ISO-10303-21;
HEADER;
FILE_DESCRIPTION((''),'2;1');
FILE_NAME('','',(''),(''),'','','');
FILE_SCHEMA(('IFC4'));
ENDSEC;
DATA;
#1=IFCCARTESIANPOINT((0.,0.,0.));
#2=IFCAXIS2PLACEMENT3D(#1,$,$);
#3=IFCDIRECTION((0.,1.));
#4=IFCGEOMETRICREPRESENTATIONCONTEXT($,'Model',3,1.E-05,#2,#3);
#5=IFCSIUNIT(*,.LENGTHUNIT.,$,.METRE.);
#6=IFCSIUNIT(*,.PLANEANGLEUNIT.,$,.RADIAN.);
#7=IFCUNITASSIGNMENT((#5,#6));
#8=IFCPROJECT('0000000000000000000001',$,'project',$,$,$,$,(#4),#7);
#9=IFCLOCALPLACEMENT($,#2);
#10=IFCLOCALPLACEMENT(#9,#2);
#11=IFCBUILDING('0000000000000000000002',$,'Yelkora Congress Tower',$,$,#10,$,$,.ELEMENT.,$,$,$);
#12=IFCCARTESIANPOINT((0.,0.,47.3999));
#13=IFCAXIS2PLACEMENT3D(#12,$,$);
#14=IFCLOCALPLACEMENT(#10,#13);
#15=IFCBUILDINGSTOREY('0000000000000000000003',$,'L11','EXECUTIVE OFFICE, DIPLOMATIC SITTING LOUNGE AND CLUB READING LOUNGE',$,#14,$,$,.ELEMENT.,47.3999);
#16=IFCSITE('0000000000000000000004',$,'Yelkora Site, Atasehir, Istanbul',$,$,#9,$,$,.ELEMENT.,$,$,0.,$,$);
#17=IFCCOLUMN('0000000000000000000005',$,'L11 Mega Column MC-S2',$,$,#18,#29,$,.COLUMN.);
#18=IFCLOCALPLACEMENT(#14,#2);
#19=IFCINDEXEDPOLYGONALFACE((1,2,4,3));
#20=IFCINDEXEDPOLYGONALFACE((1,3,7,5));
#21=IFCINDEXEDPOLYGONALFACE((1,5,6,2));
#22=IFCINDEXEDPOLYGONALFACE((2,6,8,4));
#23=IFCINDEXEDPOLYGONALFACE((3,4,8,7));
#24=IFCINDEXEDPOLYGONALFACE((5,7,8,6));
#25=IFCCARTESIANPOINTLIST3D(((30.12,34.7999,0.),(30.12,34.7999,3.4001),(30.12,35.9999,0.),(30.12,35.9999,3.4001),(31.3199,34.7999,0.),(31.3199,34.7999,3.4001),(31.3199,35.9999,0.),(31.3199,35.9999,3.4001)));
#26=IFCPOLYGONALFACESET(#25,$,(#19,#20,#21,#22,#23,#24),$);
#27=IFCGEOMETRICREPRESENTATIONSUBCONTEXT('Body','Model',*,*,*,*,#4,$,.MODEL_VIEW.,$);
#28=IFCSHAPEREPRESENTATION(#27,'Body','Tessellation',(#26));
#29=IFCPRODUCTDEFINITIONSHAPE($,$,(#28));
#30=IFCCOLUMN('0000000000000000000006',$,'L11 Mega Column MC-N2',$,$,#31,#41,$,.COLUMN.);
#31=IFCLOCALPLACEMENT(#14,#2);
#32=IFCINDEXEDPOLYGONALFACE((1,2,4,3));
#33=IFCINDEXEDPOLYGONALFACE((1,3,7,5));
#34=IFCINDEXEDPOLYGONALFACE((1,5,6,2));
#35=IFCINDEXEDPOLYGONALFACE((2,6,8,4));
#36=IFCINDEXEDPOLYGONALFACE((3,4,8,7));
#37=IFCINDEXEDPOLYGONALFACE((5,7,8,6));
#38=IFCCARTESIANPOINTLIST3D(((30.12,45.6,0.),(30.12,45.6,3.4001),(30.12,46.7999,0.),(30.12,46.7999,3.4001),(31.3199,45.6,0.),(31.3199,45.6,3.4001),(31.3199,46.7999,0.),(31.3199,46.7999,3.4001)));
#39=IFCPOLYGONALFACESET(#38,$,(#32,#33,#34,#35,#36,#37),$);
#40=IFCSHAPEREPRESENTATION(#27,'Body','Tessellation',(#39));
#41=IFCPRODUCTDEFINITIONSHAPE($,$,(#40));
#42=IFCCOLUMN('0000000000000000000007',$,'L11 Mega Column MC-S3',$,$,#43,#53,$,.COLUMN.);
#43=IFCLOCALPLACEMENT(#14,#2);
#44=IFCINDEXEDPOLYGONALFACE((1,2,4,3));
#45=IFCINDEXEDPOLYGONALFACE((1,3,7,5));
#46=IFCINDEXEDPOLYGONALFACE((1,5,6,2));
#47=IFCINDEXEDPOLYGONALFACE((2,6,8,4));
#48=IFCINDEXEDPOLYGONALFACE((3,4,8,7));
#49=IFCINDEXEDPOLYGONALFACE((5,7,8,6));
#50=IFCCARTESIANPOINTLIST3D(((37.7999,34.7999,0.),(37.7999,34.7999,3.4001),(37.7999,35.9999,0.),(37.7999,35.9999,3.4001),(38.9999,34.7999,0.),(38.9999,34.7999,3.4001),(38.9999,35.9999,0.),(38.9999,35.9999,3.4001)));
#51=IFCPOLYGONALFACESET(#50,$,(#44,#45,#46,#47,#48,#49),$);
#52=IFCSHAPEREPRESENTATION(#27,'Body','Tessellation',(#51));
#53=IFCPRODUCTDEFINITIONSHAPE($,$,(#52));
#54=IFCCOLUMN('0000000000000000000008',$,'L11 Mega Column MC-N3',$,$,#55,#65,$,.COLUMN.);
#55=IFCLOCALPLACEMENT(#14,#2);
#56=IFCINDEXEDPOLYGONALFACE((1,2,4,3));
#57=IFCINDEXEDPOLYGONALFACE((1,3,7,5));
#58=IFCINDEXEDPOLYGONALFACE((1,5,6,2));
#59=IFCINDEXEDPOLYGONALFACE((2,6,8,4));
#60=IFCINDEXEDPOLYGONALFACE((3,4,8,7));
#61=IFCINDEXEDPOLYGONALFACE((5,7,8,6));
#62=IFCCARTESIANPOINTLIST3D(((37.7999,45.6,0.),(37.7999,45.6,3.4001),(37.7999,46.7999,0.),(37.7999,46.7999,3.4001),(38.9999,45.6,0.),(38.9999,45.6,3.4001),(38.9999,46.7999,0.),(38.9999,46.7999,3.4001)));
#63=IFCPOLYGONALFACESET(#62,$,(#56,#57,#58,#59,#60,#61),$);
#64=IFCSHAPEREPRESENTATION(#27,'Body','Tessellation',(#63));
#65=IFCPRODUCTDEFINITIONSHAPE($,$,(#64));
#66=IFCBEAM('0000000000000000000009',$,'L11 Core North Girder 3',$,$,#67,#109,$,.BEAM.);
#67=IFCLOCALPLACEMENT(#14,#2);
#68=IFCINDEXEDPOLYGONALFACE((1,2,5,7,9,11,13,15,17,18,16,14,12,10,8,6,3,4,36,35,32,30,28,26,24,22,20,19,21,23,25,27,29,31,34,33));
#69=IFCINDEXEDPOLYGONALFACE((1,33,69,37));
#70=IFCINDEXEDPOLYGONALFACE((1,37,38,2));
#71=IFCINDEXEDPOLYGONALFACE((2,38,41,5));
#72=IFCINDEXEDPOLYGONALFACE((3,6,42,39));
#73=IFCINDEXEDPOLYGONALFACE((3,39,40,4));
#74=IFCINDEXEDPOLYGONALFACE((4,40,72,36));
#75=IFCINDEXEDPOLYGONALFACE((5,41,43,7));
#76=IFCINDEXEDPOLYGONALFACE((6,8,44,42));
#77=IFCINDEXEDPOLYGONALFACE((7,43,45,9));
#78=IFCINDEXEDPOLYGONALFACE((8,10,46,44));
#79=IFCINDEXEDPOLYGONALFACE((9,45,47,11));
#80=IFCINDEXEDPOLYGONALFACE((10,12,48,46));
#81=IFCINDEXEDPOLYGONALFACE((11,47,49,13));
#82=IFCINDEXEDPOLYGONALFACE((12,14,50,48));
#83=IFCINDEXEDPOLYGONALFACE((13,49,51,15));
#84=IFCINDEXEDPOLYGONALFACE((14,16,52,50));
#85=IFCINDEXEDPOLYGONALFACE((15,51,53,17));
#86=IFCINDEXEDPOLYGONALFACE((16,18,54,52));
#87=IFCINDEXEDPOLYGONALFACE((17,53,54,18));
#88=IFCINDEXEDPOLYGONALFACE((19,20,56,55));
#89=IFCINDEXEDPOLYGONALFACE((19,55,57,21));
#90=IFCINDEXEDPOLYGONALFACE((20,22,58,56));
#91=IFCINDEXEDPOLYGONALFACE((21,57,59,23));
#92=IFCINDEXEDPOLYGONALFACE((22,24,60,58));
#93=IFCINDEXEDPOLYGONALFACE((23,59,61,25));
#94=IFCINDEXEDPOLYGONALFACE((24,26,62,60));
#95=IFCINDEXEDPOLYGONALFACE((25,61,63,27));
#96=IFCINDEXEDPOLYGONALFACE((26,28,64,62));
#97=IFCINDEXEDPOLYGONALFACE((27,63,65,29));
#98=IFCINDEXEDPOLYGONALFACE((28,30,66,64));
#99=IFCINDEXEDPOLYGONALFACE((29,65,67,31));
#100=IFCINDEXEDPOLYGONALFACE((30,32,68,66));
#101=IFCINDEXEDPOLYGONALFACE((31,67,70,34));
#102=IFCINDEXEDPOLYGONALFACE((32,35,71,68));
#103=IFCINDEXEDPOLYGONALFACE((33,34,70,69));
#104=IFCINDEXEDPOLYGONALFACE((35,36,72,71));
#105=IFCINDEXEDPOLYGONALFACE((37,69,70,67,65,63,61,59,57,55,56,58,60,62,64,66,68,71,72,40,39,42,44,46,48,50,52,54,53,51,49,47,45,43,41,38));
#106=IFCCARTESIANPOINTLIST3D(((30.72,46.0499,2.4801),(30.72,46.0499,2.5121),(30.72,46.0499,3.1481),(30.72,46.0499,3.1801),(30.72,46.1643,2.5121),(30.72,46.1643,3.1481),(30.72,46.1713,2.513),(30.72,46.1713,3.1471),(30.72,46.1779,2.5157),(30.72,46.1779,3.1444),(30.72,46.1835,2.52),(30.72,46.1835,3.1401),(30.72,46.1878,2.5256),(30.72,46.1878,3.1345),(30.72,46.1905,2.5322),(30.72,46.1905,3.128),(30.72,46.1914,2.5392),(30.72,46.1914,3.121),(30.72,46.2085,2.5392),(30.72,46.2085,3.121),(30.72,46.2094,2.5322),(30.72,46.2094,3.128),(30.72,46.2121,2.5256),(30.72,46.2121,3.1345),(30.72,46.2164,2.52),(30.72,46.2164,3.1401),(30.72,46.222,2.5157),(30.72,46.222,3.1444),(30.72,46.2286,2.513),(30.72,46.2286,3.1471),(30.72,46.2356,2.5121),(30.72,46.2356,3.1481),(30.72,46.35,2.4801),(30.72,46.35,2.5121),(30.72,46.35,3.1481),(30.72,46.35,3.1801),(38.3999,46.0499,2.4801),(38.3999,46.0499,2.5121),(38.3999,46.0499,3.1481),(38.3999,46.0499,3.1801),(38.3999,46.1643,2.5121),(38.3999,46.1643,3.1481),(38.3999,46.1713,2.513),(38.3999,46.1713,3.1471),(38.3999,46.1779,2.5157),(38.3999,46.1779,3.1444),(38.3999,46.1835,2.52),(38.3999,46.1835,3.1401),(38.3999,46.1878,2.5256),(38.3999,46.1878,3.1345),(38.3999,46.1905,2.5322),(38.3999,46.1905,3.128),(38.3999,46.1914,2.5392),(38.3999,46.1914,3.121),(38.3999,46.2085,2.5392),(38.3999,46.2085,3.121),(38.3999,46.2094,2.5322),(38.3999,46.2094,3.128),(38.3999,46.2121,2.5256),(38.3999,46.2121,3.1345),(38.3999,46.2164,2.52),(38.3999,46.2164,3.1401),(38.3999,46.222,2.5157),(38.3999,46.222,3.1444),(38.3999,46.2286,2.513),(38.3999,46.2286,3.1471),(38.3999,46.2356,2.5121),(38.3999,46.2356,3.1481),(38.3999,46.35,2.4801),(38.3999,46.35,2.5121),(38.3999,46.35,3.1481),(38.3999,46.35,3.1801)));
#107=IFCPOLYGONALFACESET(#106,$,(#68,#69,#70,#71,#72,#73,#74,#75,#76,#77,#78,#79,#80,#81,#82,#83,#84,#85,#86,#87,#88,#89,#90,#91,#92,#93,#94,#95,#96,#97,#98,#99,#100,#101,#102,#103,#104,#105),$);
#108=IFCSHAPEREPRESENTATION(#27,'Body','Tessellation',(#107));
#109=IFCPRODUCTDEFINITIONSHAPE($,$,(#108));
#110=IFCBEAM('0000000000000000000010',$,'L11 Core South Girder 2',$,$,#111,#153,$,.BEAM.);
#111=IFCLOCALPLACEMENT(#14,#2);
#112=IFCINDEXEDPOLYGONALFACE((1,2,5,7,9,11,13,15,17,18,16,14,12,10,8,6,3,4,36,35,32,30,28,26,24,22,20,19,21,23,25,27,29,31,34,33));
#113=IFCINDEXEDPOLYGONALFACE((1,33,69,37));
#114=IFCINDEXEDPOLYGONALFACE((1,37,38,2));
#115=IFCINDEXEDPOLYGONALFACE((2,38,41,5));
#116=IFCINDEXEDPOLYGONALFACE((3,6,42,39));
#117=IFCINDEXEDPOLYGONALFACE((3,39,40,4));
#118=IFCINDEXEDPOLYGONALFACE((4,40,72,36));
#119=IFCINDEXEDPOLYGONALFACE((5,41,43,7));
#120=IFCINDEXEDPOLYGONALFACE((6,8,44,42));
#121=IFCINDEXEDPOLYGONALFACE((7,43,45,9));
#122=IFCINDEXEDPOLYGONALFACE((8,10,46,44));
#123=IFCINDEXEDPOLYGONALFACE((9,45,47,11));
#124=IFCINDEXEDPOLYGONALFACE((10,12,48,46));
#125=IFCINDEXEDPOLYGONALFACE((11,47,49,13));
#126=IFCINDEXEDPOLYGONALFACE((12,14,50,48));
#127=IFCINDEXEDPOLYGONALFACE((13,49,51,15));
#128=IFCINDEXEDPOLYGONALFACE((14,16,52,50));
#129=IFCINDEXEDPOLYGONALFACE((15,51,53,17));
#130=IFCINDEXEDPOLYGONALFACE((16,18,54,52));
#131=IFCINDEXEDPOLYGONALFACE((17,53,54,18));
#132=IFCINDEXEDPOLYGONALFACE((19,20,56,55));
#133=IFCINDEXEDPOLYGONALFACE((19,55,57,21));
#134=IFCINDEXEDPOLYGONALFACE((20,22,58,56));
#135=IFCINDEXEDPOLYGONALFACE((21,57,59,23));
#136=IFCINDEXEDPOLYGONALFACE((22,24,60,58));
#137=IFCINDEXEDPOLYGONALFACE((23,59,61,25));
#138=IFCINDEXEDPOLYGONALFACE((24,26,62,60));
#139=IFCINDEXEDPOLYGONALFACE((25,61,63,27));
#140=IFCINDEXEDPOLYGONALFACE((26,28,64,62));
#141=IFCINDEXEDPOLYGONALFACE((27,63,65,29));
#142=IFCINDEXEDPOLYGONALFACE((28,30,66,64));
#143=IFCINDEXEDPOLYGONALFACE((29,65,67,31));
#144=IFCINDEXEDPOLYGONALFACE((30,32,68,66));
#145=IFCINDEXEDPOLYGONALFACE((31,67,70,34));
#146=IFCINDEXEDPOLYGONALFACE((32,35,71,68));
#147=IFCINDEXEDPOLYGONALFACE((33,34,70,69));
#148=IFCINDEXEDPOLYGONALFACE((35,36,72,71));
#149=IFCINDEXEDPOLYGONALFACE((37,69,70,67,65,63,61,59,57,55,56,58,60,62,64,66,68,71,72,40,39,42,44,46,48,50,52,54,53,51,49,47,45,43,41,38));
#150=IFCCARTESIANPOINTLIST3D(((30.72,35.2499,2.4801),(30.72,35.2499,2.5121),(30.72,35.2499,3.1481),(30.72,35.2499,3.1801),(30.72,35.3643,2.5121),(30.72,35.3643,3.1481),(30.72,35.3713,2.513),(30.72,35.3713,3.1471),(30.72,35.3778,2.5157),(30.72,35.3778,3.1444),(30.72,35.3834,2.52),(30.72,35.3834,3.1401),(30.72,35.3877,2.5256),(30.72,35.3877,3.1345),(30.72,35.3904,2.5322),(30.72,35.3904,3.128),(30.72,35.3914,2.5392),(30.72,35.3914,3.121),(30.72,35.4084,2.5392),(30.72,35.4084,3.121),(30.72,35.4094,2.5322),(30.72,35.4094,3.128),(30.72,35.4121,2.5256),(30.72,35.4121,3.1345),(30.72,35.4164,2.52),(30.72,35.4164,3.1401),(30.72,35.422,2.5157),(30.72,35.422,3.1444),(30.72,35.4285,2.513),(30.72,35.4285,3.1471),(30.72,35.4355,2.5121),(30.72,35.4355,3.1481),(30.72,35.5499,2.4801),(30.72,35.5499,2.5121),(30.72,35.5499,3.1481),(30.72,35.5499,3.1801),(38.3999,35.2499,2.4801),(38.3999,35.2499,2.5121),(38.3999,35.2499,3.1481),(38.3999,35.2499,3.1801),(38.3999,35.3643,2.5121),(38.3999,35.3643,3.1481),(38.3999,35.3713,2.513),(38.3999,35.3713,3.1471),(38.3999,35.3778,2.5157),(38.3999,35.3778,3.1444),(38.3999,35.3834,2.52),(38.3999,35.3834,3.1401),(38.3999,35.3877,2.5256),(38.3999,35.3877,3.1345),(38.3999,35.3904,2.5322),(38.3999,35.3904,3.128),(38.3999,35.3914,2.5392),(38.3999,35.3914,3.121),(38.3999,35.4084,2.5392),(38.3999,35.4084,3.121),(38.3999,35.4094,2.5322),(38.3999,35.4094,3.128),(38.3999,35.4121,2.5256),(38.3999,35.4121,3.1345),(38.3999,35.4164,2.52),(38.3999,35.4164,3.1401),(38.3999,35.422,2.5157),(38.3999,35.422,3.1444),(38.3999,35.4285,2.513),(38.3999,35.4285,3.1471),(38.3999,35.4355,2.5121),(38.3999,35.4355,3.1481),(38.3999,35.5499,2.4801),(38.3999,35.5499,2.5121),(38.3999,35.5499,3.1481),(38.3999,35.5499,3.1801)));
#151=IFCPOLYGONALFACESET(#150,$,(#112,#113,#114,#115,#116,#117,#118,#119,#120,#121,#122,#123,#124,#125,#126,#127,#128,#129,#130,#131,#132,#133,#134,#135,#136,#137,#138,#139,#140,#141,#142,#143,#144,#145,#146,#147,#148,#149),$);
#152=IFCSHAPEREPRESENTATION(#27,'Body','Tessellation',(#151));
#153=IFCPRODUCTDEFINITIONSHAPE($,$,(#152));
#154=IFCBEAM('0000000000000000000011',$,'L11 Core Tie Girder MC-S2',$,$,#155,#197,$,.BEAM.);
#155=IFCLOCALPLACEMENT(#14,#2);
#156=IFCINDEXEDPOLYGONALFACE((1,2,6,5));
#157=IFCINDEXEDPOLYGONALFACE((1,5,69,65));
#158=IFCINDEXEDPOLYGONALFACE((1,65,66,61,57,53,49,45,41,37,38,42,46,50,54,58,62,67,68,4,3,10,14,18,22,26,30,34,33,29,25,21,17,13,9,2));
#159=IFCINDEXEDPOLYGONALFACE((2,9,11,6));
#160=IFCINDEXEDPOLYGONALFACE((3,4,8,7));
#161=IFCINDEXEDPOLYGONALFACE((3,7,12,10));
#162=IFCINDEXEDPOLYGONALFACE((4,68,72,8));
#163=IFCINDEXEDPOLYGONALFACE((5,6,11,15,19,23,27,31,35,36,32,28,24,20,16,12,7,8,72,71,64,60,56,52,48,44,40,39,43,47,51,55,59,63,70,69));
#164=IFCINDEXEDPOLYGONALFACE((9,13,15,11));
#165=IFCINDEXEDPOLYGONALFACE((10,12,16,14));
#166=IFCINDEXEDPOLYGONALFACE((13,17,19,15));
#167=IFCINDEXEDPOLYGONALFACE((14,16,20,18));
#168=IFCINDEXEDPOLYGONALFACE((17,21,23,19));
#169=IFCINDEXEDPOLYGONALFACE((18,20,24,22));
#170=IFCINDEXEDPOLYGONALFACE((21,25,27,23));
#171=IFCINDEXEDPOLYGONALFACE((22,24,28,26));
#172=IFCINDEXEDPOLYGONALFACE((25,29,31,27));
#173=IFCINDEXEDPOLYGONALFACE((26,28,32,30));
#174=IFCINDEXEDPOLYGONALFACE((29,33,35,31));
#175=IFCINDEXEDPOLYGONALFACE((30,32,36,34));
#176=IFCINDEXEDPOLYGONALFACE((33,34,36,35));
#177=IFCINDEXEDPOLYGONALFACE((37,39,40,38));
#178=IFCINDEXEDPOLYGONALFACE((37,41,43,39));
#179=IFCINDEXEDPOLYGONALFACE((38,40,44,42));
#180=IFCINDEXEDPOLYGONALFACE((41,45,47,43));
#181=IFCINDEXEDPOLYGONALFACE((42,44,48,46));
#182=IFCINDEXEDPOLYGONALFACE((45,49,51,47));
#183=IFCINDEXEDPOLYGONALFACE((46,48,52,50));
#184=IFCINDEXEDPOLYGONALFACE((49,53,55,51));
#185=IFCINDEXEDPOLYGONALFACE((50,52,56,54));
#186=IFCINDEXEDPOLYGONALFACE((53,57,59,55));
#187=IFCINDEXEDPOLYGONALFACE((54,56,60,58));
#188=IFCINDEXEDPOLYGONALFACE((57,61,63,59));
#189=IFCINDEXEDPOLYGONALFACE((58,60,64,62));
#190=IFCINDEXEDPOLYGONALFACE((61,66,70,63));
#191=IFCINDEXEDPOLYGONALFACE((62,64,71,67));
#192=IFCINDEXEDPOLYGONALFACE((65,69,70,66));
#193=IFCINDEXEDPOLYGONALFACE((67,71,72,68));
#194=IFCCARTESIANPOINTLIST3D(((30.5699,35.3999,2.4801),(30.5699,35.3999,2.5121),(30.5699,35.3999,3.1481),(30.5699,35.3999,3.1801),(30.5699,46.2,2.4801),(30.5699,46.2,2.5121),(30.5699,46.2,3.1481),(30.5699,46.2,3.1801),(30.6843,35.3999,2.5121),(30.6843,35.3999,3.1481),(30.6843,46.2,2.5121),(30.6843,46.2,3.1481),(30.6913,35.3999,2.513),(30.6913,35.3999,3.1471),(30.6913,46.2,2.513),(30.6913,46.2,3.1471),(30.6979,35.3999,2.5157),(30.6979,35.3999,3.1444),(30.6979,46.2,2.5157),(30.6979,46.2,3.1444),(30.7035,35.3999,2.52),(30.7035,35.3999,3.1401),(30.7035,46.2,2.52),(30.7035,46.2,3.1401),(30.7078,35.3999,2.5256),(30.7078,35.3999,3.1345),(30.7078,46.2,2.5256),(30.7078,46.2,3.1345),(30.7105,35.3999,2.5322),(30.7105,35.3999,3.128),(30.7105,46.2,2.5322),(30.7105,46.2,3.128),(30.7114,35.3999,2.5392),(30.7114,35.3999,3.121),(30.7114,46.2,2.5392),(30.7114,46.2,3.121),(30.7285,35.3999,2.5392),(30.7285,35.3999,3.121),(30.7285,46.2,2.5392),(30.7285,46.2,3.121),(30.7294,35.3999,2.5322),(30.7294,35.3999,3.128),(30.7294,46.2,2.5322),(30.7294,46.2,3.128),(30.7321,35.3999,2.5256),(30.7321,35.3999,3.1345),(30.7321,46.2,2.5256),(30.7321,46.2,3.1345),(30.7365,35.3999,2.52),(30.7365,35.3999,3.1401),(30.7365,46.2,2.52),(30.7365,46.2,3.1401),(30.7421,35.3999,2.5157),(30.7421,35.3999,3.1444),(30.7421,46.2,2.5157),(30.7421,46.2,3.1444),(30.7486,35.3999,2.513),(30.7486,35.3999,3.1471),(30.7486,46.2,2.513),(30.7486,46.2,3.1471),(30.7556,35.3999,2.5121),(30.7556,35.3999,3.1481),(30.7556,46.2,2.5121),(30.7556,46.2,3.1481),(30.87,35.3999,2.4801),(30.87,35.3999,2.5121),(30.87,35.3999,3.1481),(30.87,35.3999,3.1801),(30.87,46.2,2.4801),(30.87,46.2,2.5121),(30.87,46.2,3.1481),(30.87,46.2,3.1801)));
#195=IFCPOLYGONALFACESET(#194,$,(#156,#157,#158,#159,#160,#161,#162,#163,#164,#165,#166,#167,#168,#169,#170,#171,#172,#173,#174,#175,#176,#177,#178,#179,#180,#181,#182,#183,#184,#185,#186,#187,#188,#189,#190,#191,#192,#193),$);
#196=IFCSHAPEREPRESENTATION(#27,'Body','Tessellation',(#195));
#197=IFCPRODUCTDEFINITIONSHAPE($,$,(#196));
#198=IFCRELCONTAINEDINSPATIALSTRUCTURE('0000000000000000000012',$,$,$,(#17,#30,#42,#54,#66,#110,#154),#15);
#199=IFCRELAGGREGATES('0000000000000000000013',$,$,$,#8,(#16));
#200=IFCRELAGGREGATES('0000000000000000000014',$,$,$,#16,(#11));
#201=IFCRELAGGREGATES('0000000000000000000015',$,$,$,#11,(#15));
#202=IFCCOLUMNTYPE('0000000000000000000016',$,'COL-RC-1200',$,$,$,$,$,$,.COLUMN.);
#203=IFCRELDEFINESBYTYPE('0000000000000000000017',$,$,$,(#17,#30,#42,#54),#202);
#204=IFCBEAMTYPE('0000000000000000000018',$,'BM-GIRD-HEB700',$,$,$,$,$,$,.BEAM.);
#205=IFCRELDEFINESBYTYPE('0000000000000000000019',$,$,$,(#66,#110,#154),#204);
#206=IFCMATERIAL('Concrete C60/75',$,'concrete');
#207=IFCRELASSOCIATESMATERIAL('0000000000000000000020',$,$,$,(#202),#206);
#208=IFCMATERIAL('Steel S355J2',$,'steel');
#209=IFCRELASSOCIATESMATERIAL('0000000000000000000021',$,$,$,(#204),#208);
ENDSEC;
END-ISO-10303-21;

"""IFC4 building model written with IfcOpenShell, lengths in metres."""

from ifc_helpers import new_model, si_unit, direction, frame, origin, origin_2d, place, context, subcontext, project, spatial, rectangle, i_section, extrude, material, material_profile, profile_set, type_object, element, save


model = new_model("IFC4")

# Units and contexts
model_context = context("Model", 3, precision=1e-05, world=origin(), true_north=direction((0.0, 1.0)))
body_context = subcontext(model_context, "Body", "Model", "MODEL_VIEW")
ifc_project = project(units=[si_unit("LENGTHUNIT", "METRE"), si_unit("PLANEANGLEUNIT", "RADIAN")], contexts=[model_context])

# Site, building, storey
site_placement = place(None, origin())
site = spatial("IfcSite", under=ifc_project, at=site_placement, Name="Yelkora Site, Atasehir, Istanbul", CompositionType="ELEMENT", RefElevation=0.0)
building_placement = place(site_placement, origin())
building = spatial("IfcBuilding", under=site, at=building_placement, Name="Yelkora Congress Tower", CompositionType="ELEMENT")
storey_placement = place(building_placement, frame((0.0, 0.0, 47.3999)))
storey = spatial("IfcBuildingStorey", under=building, at=storey_placement, Name="L11", Description="EXECUTIVE OFFICE, DIPLOMATIC SITTING LOUNGE AND CLUB READING LOUNGE", CompositionType="ELEMENT", Elevation=47.3999)

# Columns
ifc_material_1 = material(Name="Concrete C60/75", Category="concrete")
ifc_material_profile_1 = material_profile(ifc_material_1, rectangle(XDim=1.2, YDim=1.2, at=origin_2d()), Name="RC 1200x1200")
ifc_profile_set_1 = profile_set([ifc_material_profile_1], Name="Concrete C60/75")
column_type = type_object("IfcColumnType", Name="COL-RC-1200", PredefinedType="COLUMN", material=ifc_profile_set_1)
for number, where, z_axis, x_axis, name in (
    (1, (30.72, 35.3999, 0.0), (0.0, 0.0, 1.0), (1.0, 0.0, 0.0), "L11 Mega Column MC-S2"),
    (2, (30.72, 46.2, 0.0), (0.0, 0.0, 1.0), (1.0, 0.0, 0.0), "L11 Mega Column MC-N2"),
    (3, (38.3999, 35.3999, 0.0), (0.0, 0.0, 1.0), (1.0, 0.0, 0.0), "L11 Mega Column MC-S3"),
    (4, (38.3999, 46.2, 0.0), (0.0, 0.0, 1.0), (1.0, 0.0, 0.0), "L11 Mega Column MC-N3"),
):
    element("IfcColumn", number, at=place(storey_placement, frame(where, z_axis=z_axis, x_axis=x_axis)), inside=storey, type_object=column_type, Name=name, PredefinedType="COLUMN", context=body_context, shape_type="SweptSolid", body=[
        extrude(rectangle(XDim=1.2, YDim=1.2, at=origin_2d()), origin(), (0.0, 0.0, 1.0), 3.4001),
    ])

# Beams
ifc_material_2 = material(Name="Steel S355J2", Category="steel")
ifc_material_profile_2 = material_profile(ifc_material_2, i_section(OverallWidth=0.3, OverallDepth=0.7, WebThickness=0.0171, FlangeThickness=0.032, FilletRadius=0.0271, at=origin_2d()), Name="HEB 700")
ifc_profile_set_2 = profile_set([ifc_material_profile_2], Name="Steel S355J2")
beam_type = type_object("IfcBeamType", Name="BM-GIRD-HEB700", PredefinedType="BEAM", material=ifc_profile_set_2)
for number, where, z_axis, x_axis, name in (
    (5, (30.72, 46.2, 2.8301), (1.0, 0.0, 0.0), (0.0, 1.0, 0.0), "L11 Core North Girder 3"),
    (6, (30.72, 35.3999, 2.8301), (1.0, 0.0, 0.0), (0.0, 1.0, 0.0), "L11 Core South Girder 2"),
):
    element("IfcBeam", number, at=place(storey_placement, frame(where, z_axis=z_axis, x_axis=x_axis)), inside=storey, type_object=beam_type, Name=name, PredefinedType="BEAM", context=body_context, shape_type="SweptSolid", body=[
        extrude(i_section(OverallWidth=0.3, OverallDepth=0.7, WebThickness=0.0171, FlangeThickness=0.032, FilletRadius=0.0271, at=origin_2d()), origin(), (0.0, 0.0, 1.0), 7.6799),
    ])
beam_placement = place(storey_placement, frame((30.72, 35.3999, 2.8301), z_axis=(0.0, 1.0, 0.0), x_axis=(-1.0, 0.0, 0.0)))
element("IfcBeam", 7, at=beam_placement, inside=storey, type_object=beam_type, Name="L11 Core Tie Girder MC-S2", PredefinedType="BEAM", context=body_context, shape_type="SweptSolid", body=[
    extrude(i_section(OverallWidth=0.3, OverallDepth=0.7, WebThickness=0.0171, FlangeThickness=0.032, FilletRadius=0.0271, at=origin_2d()), origin(), (0.0, 0.0, 1.0), 10.8),
])

save(model, "model.ifc")
